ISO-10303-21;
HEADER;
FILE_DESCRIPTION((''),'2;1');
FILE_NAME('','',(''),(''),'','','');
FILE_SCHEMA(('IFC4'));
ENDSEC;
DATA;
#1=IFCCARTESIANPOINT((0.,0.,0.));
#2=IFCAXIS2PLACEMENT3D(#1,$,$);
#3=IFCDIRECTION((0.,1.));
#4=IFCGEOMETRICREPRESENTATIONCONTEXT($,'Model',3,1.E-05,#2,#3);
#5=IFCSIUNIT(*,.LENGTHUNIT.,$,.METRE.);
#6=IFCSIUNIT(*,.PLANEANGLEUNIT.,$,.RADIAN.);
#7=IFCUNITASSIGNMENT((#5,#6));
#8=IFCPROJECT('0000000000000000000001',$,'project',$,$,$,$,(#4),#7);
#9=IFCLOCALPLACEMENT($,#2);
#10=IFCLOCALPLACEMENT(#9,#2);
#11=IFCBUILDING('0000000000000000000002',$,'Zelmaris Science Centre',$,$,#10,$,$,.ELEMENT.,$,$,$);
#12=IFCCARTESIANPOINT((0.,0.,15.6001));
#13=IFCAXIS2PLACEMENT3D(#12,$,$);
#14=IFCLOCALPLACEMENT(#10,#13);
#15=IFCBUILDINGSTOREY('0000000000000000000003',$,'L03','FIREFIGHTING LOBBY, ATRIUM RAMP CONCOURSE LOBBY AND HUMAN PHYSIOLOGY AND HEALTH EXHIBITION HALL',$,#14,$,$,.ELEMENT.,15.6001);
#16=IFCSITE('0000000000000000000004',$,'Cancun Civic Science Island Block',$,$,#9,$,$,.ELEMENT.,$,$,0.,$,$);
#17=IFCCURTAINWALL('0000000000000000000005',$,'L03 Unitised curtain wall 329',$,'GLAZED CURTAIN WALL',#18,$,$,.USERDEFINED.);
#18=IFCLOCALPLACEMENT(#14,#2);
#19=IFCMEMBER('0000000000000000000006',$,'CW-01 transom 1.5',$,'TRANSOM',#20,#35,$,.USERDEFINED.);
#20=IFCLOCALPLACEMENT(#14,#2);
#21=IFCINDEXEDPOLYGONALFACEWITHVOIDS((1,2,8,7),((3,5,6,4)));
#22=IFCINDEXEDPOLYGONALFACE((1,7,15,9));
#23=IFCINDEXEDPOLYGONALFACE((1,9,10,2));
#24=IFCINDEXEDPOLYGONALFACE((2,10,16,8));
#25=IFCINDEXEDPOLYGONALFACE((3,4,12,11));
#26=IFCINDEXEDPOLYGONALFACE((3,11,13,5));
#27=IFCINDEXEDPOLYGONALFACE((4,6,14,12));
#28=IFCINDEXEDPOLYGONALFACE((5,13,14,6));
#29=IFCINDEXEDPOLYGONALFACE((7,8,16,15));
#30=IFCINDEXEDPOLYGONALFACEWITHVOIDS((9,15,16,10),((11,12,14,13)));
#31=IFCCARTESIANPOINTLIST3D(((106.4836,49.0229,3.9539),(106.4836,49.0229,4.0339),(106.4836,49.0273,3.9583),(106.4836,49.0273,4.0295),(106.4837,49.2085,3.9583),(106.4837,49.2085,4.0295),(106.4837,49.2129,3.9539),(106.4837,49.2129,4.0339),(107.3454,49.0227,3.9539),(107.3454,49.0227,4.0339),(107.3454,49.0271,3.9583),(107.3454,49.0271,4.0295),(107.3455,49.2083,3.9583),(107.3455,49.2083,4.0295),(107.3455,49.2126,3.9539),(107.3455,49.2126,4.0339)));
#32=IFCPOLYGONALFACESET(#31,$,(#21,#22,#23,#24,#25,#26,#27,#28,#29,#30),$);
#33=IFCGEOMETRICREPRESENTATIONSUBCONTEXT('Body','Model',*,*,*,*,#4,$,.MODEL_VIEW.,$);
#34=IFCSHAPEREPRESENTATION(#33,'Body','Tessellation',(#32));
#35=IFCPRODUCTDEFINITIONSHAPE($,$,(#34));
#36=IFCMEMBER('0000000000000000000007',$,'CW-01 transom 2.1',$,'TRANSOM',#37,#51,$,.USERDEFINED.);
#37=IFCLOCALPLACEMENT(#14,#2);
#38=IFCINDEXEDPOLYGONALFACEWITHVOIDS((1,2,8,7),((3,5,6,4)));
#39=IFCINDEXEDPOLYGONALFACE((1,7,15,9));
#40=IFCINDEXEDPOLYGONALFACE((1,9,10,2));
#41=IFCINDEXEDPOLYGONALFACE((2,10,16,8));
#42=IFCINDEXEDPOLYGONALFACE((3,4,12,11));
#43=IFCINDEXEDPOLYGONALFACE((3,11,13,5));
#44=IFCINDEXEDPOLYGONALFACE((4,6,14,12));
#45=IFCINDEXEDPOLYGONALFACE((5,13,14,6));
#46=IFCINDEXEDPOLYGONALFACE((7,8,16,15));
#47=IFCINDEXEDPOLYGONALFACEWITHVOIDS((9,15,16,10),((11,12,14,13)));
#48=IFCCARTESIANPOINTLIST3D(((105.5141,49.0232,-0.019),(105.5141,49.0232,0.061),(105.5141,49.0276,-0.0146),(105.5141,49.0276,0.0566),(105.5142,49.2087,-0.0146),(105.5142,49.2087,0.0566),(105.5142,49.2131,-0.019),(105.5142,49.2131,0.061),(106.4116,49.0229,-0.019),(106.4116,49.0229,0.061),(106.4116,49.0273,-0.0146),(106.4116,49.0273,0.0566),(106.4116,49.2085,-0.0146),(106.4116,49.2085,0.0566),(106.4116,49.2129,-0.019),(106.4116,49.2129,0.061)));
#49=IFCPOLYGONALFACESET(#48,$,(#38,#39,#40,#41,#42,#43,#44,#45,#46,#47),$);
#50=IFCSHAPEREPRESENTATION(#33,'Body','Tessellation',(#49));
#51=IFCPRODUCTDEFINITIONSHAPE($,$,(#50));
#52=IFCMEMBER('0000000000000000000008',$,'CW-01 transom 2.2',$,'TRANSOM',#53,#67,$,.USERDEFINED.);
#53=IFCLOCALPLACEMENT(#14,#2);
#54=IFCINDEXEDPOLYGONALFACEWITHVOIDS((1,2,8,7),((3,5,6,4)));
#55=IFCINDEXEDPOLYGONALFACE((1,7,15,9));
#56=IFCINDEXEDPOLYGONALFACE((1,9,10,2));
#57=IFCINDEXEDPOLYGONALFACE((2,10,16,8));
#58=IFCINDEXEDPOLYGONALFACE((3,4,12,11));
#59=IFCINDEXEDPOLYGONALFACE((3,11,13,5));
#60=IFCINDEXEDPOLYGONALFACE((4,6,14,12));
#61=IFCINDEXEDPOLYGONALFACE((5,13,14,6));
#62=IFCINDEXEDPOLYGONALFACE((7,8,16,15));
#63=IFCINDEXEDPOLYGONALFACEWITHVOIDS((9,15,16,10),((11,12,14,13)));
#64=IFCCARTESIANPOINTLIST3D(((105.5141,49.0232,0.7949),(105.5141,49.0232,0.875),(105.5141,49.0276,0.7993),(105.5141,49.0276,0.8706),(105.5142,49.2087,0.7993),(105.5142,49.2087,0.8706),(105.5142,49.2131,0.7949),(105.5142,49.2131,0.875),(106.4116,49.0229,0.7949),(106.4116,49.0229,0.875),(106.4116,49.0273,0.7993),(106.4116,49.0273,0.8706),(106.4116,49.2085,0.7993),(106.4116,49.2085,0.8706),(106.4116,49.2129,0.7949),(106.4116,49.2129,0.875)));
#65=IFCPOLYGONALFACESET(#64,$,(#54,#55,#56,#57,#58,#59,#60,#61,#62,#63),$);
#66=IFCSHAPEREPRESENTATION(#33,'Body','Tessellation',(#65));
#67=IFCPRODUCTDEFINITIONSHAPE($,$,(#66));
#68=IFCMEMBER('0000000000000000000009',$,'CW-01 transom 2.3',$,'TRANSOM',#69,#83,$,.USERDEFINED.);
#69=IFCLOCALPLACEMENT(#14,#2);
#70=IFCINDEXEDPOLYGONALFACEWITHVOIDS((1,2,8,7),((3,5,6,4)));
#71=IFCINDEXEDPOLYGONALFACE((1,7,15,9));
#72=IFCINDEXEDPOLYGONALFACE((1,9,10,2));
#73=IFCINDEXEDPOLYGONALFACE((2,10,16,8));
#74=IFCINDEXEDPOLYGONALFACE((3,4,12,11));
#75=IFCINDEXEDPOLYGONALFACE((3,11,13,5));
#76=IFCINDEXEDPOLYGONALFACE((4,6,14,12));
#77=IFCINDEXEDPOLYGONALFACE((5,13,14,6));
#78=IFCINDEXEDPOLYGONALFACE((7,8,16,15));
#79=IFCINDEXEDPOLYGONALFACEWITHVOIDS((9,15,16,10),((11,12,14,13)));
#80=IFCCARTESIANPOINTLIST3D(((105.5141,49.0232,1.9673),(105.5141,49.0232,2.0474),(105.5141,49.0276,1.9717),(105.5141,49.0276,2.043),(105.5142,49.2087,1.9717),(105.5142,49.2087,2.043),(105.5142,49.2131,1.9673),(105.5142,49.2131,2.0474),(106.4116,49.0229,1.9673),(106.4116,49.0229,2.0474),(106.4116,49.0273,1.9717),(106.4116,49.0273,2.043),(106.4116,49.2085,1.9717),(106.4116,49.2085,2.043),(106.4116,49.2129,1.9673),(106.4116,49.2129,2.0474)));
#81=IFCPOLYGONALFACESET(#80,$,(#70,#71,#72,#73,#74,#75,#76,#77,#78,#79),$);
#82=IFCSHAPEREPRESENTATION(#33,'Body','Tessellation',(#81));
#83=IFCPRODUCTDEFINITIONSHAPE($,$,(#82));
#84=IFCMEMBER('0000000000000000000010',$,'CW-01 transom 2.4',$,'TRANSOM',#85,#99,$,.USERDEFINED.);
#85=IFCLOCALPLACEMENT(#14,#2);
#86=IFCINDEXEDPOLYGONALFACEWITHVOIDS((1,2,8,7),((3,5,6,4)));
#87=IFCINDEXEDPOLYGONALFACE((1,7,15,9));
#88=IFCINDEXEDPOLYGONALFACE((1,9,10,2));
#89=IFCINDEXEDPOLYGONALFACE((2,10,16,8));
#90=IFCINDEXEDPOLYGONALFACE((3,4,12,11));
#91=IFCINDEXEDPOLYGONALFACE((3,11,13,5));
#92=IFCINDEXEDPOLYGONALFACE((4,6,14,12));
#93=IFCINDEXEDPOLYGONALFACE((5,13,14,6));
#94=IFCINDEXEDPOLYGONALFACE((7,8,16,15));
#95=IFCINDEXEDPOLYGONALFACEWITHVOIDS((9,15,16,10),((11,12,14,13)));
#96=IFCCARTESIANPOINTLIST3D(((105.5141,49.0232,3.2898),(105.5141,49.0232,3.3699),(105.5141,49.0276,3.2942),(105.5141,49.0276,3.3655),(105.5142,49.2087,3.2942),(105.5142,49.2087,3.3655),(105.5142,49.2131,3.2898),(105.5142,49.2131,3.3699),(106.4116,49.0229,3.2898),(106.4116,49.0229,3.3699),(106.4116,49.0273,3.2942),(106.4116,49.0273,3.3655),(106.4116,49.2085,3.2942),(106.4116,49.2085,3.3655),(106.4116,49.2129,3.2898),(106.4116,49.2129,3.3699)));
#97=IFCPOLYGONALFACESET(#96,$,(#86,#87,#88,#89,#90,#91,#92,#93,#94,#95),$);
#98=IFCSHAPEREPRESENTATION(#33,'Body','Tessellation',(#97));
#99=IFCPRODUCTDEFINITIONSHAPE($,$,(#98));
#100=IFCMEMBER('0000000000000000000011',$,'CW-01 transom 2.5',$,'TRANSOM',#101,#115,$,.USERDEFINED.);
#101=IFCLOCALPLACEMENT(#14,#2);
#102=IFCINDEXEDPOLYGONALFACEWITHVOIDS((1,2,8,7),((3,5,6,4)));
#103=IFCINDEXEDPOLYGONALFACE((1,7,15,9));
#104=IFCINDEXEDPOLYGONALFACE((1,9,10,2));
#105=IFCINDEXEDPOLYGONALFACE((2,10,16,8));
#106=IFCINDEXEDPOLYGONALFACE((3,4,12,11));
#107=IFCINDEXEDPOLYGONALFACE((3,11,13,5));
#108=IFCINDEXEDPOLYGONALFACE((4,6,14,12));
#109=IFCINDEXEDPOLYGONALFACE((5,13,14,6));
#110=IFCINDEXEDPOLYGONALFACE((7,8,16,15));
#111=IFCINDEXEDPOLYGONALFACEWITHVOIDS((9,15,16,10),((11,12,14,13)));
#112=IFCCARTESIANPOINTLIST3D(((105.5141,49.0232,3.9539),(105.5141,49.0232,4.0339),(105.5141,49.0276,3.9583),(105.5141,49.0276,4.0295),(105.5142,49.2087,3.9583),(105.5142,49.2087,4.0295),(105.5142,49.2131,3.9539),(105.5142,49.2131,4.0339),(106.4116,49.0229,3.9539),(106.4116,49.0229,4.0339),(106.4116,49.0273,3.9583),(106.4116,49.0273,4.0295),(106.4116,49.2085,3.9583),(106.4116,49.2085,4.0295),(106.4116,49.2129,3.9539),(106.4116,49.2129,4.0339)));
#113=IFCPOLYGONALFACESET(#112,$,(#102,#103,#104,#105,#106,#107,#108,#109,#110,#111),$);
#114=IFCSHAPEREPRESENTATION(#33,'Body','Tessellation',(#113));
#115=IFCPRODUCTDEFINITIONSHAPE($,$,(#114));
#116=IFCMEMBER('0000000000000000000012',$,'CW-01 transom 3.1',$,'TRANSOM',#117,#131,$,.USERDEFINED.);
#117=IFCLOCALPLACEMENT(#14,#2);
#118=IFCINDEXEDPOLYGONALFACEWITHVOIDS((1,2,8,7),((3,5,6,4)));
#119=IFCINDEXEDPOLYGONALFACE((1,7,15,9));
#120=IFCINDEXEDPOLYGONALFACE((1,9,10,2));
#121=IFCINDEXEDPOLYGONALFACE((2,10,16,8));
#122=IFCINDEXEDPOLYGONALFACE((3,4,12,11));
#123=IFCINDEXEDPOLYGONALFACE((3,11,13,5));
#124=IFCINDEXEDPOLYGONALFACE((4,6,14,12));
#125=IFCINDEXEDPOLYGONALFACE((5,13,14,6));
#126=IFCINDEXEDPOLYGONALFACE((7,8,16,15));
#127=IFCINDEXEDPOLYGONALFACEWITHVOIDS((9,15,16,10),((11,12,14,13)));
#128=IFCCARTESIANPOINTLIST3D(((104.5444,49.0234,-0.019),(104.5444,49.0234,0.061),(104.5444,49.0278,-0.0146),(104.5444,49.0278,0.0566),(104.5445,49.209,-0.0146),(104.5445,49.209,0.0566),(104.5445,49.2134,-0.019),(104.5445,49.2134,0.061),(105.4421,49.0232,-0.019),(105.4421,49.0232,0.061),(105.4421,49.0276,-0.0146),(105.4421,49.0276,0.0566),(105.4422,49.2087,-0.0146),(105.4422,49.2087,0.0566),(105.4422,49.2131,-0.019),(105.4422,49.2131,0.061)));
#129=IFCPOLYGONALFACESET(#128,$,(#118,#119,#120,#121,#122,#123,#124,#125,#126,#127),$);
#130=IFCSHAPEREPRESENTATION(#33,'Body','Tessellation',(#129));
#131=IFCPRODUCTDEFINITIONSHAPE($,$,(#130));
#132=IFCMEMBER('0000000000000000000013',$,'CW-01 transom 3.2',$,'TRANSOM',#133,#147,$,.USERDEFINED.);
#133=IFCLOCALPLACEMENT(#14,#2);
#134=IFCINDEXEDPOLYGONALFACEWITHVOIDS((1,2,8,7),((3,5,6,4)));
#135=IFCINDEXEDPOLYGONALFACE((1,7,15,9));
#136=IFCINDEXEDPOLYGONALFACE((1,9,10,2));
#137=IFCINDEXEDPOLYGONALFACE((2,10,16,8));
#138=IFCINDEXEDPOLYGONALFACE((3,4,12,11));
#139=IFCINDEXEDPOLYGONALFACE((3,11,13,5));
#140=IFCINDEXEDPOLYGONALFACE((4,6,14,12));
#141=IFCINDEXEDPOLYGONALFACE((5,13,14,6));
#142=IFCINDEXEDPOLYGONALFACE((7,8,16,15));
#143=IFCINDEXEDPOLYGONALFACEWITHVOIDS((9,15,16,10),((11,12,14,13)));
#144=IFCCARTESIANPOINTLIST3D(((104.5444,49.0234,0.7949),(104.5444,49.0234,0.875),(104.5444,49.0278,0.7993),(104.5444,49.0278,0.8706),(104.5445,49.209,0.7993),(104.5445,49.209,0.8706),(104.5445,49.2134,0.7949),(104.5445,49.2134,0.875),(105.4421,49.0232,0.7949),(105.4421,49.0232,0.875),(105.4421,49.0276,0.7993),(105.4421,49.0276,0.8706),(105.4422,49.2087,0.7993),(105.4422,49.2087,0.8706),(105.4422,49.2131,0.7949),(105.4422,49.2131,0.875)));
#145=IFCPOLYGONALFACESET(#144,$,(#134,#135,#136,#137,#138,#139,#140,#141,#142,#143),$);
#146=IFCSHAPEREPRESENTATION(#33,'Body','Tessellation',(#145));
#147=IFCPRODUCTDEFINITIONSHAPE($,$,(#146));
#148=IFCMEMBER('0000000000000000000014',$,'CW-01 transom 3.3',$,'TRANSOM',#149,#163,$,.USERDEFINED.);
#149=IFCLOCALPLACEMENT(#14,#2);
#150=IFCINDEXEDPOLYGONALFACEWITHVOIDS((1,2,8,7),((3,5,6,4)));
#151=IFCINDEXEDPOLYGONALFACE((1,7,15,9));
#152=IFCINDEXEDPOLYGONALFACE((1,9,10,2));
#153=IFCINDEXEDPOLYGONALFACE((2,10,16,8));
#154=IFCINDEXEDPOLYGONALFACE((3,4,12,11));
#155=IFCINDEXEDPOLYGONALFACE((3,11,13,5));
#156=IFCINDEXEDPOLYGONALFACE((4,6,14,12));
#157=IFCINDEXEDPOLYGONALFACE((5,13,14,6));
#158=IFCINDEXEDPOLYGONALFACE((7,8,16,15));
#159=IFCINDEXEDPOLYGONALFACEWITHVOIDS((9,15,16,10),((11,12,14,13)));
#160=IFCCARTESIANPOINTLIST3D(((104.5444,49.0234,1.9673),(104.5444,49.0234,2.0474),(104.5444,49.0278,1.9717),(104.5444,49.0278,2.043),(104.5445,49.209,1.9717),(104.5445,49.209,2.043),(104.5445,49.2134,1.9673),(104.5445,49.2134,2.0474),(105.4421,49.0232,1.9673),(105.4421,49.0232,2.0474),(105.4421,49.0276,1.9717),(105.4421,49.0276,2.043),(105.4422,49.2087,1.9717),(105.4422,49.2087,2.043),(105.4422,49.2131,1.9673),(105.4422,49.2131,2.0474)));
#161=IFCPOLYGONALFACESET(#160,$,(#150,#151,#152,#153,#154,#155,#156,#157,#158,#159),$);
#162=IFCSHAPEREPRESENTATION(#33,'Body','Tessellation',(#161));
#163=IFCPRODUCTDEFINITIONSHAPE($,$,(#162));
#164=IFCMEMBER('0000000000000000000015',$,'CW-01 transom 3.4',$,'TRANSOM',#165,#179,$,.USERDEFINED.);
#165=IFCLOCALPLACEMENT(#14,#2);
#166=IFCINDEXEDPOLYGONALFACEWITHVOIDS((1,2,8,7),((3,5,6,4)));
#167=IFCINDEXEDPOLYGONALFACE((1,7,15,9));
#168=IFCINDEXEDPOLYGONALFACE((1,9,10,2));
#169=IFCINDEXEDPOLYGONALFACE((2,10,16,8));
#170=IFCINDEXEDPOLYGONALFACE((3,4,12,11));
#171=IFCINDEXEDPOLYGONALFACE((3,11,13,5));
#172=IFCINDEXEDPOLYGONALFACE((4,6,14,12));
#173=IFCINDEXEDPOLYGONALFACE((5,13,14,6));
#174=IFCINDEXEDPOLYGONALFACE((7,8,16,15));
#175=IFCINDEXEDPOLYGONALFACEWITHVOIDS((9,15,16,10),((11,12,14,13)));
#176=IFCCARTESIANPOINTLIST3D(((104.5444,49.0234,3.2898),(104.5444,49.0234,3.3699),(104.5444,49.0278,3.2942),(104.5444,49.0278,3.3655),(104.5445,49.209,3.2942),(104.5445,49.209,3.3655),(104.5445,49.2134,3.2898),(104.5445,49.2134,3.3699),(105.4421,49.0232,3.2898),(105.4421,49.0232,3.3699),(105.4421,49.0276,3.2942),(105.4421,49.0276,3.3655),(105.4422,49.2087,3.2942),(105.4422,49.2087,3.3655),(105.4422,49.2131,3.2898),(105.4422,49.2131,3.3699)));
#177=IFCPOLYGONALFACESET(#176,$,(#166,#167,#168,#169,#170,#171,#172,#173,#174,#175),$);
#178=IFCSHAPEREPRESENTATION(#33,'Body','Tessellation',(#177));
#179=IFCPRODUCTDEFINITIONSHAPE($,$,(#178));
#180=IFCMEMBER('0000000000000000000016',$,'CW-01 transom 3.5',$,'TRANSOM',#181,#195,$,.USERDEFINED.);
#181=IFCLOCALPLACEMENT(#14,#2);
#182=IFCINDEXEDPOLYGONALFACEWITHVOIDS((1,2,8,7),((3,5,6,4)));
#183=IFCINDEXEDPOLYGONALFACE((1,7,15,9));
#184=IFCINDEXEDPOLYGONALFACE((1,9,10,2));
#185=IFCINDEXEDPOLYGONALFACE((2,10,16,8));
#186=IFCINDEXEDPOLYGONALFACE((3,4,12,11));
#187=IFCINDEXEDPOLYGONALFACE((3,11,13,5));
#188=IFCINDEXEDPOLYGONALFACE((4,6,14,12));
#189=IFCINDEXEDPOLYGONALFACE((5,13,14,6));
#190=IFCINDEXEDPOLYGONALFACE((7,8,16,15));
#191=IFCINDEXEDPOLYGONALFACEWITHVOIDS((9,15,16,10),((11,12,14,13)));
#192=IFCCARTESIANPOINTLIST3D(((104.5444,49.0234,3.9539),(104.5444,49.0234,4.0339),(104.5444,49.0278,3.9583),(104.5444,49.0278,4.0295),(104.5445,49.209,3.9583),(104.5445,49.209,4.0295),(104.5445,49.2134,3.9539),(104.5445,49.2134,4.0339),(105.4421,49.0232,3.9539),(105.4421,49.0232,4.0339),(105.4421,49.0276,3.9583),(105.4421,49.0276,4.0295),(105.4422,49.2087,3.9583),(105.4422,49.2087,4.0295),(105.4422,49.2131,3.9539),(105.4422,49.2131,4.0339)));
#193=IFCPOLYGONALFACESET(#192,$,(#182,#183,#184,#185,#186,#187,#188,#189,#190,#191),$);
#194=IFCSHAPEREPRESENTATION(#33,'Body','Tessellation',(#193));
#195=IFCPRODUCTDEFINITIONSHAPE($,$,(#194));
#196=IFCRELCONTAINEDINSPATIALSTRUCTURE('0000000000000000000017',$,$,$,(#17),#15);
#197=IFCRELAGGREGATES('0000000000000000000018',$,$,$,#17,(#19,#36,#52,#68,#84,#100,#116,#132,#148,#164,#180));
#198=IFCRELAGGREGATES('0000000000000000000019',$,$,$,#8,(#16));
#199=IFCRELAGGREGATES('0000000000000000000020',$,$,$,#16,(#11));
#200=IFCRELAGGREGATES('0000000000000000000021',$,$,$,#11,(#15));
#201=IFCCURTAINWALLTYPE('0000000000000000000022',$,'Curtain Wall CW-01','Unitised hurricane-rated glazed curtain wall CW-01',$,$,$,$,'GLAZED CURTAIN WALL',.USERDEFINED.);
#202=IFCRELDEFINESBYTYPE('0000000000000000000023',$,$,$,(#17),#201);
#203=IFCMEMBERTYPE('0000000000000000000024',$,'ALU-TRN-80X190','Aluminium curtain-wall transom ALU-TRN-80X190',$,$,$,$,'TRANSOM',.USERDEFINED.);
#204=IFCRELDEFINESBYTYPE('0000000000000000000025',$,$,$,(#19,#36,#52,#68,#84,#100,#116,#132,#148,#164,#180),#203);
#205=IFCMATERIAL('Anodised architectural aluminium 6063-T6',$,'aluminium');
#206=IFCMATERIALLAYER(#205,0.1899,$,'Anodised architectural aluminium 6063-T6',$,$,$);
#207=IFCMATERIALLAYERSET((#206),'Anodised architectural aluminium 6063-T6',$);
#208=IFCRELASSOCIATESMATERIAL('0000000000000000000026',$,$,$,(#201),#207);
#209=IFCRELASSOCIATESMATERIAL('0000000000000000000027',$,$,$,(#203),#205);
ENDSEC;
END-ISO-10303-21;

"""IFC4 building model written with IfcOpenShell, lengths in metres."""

from ifc_helpers import new_model, si_unit, direction, frame, origin, origin_2d, place, context, subcontext, project, spatial, hollow_rectangle, extrude, material, layer, layer_set, material_profile, profile_set, type_object, element, aggregate, save


model = new_model("IFC4")

# Units and contexts
model_context = context("Model", 3, precision=1e-05, world=origin(), true_north=direction((0.0, 1.0)))
body_context = subcontext(model_context, "Body", "Model", "MODEL_VIEW")
ifc_project = project(units=[si_unit("LENGTHUNIT", "METRE"), si_unit("PLANEANGLEUNIT", "RADIAN")], contexts=[model_context])

# Site, building, storey
site_placement = place(None, origin())
site = spatial("IfcSite", under=ifc_project, at=site_placement, Name="Cancun Civic Science Island Block", CompositionType="ELEMENT", RefElevation=0.0)
building_placement = place(site_placement, origin())
building = spatial("IfcBuilding", under=site, at=building_placement, Name="Zelmaris Science Centre", CompositionType="ELEMENT")
storey_placement = place(building_placement, frame((0.0, 0.0, 15.6001)))
storey = spatial("IfcBuildingStorey", under=building, at=storey_placement, Name="L03", Description="FIREFIGHTING LOBBY, ATRIUM RAMP CONCOURSE LOBBY AND HUMAN PHYSIOLOGY AND HEALTH EXHIBITION HALL", CompositionType="ELEMENT", Elevation=15.6001)

# Curtain wall, members
ifc_material_1 = material(Name="Anodised architectural aluminium 6063-T6", Category="aluminium")
ifc_layer_1 = layer(ifc_material_1, 0.1899, Name="Anodised architectural aluminium 6063-T6")
ifc_layer_set_1 = layer_set([ifc_layer_1], Name="Anodised architectural aluminium 6063-T6")
curtain_wall_type = type_object("IfcCurtainWallType", Name="Curtain Wall CW-01", Description="Unitised hurricane-rated glazed curtain wall CW-01", ElementType="GLAZED CURTAIN WALL", PredefinedType="USERDEFINED", material=ifc_layer_set_1)
curtain_wall_placement = place(storey_placement, origin())
curtain_wall = element("IfcCurtainWall", 1, at=curtain_wall_placement, inside=storey, type_object=curtain_wall_type, Name="L03 Unitised curtain wall 329", ObjectType="GLAZED CURTAIN WALL", PredefinedType="USERDEFINED")
ifc_material_profile_1 = material_profile(ifc_material_1, hollow_rectangle(XDim=0.0801, YDim=0.1899, WallThickness=0.0044, at=origin_2d()), Name="ALU-TRN-80X190")
ifc_profile_set_1 = profile_set([ifc_material_profile_1], Name="Anodised architectural aluminium 6063-T6")
member_type_1 = type_object("IfcMemberType", Name="ALU-TRN-80X190", Description="Aluminium curtain-wall transom ALU-TRN-80X190", ElementType="TRANSOM", PredefinedType="USERDEFINED", material=ifc_profile_set_1)
member_1_placement = place(storey_placement, frame((107.3455, 49.1177, 3.9939), z_axis=(-1.0, 0.000283, 0.0), x_axis=(0.0, 0.0, 1.0)))
member_1 = element("IfcMember", 2, at=member_1_placement, type_object=member_type_1, Name="CW-01 transom 1.5", ObjectType="TRANSOM", PredefinedType="USERDEFINED", context=body_context, shape_type="SweptSolid", body=[
    extrude(hollow_rectangle(XDim=0.0801, YDim=0.1899, WallThickness=0.0044, at=origin_2d()), origin(), (0.0, 0.0, 1.0), 0.8618),
])
member_2_placement = place(storey_placement, frame((106.4116, 49.1179, 0.021), z_axis=(-1.0, 0.000272, 0.0), x_axis=(0.0, 0.0, 1.0)))
member_2 = element("IfcMember", 3, at=member_2_placement, type_object=member_type_1, Name="CW-01 transom 2.1", ObjectType="TRANSOM", PredefinedType="USERDEFINED", context=body_context, shape_type="SweptSolid", body=[
    extrude(hollow_rectangle(XDim=0.0801, YDim=0.1899, WallThickness=0.0044, at=origin_2d()), origin(), (0.0, 0.0, 1.0), 0.8975),
])
member_3_placement = place(storey_placement, frame((106.4116, 49.1179, 0.835), z_axis=(-1.0, 0.000272, 0.0), x_axis=(0.0, 0.0, 1.0)))
member_3 = element("IfcMember", 4, at=member_3_placement, type_object=member_type_1, Name="CW-01 transom 2.2", ObjectType="TRANSOM", PredefinedType="USERDEFINED", context=body_context, shape_type="SweptSolid", body=[
    extrude(hollow_rectangle(XDim=0.0801, YDim=0.1899, WallThickness=0.0044, at=origin_2d()), origin(), (0.0, 0.0, 1.0), 0.8975),
])
member_4_placement = place(storey_placement, frame((106.4116, 49.1179, 2.0073), z_axis=(-1.0, 0.000272, 0.0), x_axis=(0.0, 0.0, 1.0)))
member_4 = element("IfcMember", 5, at=member_4_placement, type_object=member_type_1, Name="CW-01 transom 2.3", ObjectType="TRANSOM", PredefinedType="USERDEFINED", context=body_context, shape_type="SweptSolid", body=[
    extrude(hollow_rectangle(XDim=0.0801, YDim=0.1899, WallThickness=0.0044, at=origin_2d()), origin(), (0.0, 0.0, 1.0), 0.8975),
])
member_5_placement = place(storey_placement, frame((106.4116, 49.1179, 3.3298), z_axis=(-1.0, 0.000272, 0.0), x_axis=(0.0, 0.0, 1.0)))
member_5 = element("IfcMember", 6, at=member_5_placement, type_object=member_type_1, Name="CW-01 transom 2.4", ObjectType="TRANSOM", PredefinedType="USERDEFINED", context=body_context, shape_type="SweptSolid", body=[
    extrude(hollow_rectangle(XDim=0.0801, YDim=0.1899, WallThickness=0.0044, at=origin_2d()), origin(), (0.0, 0.0, 1.0), 0.8975),
])
member_6_placement = place(storey_placement, frame((106.4116, 49.1179, 3.9939), z_axis=(-1.0, 0.000272, 0.0), x_axis=(0.0, 0.0, 1.0)))
member_6 = element("IfcMember", 7, at=member_6_placement, type_object=member_type_1, Name="CW-01 transom 2.5", ObjectType="TRANSOM", PredefinedType="USERDEFINED", context=body_context, shape_type="SweptSolid", body=[
    extrude(hollow_rectangle(XDim=0.0801, YDim=0.1899, WallThickness=0.0044, at=origin_2d()), origin(), (0.0, 0.0, 1.0), 0.8975),
])
member_7_placement = place(storey_placement, frame((105.4421, 49.1182, 0.021), z_axis=(-1.0, 0.000272, 0.0), x_axis=(0.0, 0.0, 1.0)))
member_7 = element("IfcMember", 8, at=member_7_placement, type_object=member_type_1, Name="CW-01 transom 3.1", ObjectType="TRANSOM", PredefinedType="USERDEFINED", context=body_context, shape_type="SweptSolid", body=[
    extrude(hollow_rectangle(XDim=0.0801, YDim=0.1899, WallThickness=0.0044, at=origin_2d()), origin(), (0.0, 0.0, 1.0), 0.8977),
])
member_8_placement = place(storey_placement, frame((105.4421, 49.1182, 0.835), z_axis=(-1.0, 0.000272, 0.0), x_axis=(0.0, 0.0, 1.0)))
member_8 = element("IfcMember", 9, at=member_8_placement, type_object=member_type_1, Name="CW-01 transom 3.2", ObjectType="TRANSOM", PredefinedType="USERDEFINED", context=body_context, shape_type="SweptSolid", body=[
    extrude(hollow_rectangle(XDim=0.0801, YDim=0.1899, WallThickness=0.0044, at=origin_2d()), origin(), (0.0, 0.0, 1.0), 0.8977),
])
member_9_placement = place(storey_placement, frame((105.4421, 49.1182, 2.0073), z_axis=(-1.0, 0.000272, 0.0), x_axis=(0.0, 0.0, 1.0)))
member_9 = element("IfcMember", 10, at=member_9_placement, type_object=member_type_1, Name="CW-01 transom 3.3", ObjectType="TRANSOM", PredefinedType="USERDEFINED", context=body_context, shape_type="SweptSolid", body=[
    extrude(hollow_rectangle(XDim=0.0801, YDim=0.1899, WallThickness=0.0044, at=origin_2d()), origin(), (0.0, 0.0, 1.0), 0.8977),
])
member_10_placement = place(storey_placement, frame((105.4421, 49.1182, 3.3298), z_axis=(-1.0, 0.000272, 0.0), x_axis=(0.0, 0.0, 1.0)))
member_10 = element("IfcMember", 11, at=member_10_placement, type_object=member_type_1, Name="CW-01 transom 3.4", ObjectType="TRANSOM", PredefinedType="USERDEFINED", context=body_context, shape_type="SweptSolid", body=[
    extrude(hollow_rectangle(XDim=0.0801, YDim=0.1899, WallThickness=0.0044, at=origin_2d()), origin(), (0.0, 0.0, 1.0), 0.8977),
])
member_11_placement = place(storey_placement, frame((105.4421, 49.1182, 3.9939), z_axis=(-1.0, 0.000272, 0.0), x_axis=(0.0, 0.0, 1.0)))
member_11 = element("IfcMember", 12, at=member_11_placement, type_object=member_type_1, Name="CW-01 transom 3.5", ObjectType="TRANSOM", PredefinedType="USERDEFINED", context=body_context, shape_type="SweptSolid", body=[
    extrude(hollow_rectangle(XDim=0.0801, YDim=0.1899, WallThickness=0.0044, at=origin_2d()), origin(), (0.0, 0.0, 1.0), 0.8977),
])

aggregate(curtain_wall, [member_1, member_2, member_3, member_4, member_5, member_6, member_7, member_8, member_9, member_10, member_11])

save(model, "model.ifc")
